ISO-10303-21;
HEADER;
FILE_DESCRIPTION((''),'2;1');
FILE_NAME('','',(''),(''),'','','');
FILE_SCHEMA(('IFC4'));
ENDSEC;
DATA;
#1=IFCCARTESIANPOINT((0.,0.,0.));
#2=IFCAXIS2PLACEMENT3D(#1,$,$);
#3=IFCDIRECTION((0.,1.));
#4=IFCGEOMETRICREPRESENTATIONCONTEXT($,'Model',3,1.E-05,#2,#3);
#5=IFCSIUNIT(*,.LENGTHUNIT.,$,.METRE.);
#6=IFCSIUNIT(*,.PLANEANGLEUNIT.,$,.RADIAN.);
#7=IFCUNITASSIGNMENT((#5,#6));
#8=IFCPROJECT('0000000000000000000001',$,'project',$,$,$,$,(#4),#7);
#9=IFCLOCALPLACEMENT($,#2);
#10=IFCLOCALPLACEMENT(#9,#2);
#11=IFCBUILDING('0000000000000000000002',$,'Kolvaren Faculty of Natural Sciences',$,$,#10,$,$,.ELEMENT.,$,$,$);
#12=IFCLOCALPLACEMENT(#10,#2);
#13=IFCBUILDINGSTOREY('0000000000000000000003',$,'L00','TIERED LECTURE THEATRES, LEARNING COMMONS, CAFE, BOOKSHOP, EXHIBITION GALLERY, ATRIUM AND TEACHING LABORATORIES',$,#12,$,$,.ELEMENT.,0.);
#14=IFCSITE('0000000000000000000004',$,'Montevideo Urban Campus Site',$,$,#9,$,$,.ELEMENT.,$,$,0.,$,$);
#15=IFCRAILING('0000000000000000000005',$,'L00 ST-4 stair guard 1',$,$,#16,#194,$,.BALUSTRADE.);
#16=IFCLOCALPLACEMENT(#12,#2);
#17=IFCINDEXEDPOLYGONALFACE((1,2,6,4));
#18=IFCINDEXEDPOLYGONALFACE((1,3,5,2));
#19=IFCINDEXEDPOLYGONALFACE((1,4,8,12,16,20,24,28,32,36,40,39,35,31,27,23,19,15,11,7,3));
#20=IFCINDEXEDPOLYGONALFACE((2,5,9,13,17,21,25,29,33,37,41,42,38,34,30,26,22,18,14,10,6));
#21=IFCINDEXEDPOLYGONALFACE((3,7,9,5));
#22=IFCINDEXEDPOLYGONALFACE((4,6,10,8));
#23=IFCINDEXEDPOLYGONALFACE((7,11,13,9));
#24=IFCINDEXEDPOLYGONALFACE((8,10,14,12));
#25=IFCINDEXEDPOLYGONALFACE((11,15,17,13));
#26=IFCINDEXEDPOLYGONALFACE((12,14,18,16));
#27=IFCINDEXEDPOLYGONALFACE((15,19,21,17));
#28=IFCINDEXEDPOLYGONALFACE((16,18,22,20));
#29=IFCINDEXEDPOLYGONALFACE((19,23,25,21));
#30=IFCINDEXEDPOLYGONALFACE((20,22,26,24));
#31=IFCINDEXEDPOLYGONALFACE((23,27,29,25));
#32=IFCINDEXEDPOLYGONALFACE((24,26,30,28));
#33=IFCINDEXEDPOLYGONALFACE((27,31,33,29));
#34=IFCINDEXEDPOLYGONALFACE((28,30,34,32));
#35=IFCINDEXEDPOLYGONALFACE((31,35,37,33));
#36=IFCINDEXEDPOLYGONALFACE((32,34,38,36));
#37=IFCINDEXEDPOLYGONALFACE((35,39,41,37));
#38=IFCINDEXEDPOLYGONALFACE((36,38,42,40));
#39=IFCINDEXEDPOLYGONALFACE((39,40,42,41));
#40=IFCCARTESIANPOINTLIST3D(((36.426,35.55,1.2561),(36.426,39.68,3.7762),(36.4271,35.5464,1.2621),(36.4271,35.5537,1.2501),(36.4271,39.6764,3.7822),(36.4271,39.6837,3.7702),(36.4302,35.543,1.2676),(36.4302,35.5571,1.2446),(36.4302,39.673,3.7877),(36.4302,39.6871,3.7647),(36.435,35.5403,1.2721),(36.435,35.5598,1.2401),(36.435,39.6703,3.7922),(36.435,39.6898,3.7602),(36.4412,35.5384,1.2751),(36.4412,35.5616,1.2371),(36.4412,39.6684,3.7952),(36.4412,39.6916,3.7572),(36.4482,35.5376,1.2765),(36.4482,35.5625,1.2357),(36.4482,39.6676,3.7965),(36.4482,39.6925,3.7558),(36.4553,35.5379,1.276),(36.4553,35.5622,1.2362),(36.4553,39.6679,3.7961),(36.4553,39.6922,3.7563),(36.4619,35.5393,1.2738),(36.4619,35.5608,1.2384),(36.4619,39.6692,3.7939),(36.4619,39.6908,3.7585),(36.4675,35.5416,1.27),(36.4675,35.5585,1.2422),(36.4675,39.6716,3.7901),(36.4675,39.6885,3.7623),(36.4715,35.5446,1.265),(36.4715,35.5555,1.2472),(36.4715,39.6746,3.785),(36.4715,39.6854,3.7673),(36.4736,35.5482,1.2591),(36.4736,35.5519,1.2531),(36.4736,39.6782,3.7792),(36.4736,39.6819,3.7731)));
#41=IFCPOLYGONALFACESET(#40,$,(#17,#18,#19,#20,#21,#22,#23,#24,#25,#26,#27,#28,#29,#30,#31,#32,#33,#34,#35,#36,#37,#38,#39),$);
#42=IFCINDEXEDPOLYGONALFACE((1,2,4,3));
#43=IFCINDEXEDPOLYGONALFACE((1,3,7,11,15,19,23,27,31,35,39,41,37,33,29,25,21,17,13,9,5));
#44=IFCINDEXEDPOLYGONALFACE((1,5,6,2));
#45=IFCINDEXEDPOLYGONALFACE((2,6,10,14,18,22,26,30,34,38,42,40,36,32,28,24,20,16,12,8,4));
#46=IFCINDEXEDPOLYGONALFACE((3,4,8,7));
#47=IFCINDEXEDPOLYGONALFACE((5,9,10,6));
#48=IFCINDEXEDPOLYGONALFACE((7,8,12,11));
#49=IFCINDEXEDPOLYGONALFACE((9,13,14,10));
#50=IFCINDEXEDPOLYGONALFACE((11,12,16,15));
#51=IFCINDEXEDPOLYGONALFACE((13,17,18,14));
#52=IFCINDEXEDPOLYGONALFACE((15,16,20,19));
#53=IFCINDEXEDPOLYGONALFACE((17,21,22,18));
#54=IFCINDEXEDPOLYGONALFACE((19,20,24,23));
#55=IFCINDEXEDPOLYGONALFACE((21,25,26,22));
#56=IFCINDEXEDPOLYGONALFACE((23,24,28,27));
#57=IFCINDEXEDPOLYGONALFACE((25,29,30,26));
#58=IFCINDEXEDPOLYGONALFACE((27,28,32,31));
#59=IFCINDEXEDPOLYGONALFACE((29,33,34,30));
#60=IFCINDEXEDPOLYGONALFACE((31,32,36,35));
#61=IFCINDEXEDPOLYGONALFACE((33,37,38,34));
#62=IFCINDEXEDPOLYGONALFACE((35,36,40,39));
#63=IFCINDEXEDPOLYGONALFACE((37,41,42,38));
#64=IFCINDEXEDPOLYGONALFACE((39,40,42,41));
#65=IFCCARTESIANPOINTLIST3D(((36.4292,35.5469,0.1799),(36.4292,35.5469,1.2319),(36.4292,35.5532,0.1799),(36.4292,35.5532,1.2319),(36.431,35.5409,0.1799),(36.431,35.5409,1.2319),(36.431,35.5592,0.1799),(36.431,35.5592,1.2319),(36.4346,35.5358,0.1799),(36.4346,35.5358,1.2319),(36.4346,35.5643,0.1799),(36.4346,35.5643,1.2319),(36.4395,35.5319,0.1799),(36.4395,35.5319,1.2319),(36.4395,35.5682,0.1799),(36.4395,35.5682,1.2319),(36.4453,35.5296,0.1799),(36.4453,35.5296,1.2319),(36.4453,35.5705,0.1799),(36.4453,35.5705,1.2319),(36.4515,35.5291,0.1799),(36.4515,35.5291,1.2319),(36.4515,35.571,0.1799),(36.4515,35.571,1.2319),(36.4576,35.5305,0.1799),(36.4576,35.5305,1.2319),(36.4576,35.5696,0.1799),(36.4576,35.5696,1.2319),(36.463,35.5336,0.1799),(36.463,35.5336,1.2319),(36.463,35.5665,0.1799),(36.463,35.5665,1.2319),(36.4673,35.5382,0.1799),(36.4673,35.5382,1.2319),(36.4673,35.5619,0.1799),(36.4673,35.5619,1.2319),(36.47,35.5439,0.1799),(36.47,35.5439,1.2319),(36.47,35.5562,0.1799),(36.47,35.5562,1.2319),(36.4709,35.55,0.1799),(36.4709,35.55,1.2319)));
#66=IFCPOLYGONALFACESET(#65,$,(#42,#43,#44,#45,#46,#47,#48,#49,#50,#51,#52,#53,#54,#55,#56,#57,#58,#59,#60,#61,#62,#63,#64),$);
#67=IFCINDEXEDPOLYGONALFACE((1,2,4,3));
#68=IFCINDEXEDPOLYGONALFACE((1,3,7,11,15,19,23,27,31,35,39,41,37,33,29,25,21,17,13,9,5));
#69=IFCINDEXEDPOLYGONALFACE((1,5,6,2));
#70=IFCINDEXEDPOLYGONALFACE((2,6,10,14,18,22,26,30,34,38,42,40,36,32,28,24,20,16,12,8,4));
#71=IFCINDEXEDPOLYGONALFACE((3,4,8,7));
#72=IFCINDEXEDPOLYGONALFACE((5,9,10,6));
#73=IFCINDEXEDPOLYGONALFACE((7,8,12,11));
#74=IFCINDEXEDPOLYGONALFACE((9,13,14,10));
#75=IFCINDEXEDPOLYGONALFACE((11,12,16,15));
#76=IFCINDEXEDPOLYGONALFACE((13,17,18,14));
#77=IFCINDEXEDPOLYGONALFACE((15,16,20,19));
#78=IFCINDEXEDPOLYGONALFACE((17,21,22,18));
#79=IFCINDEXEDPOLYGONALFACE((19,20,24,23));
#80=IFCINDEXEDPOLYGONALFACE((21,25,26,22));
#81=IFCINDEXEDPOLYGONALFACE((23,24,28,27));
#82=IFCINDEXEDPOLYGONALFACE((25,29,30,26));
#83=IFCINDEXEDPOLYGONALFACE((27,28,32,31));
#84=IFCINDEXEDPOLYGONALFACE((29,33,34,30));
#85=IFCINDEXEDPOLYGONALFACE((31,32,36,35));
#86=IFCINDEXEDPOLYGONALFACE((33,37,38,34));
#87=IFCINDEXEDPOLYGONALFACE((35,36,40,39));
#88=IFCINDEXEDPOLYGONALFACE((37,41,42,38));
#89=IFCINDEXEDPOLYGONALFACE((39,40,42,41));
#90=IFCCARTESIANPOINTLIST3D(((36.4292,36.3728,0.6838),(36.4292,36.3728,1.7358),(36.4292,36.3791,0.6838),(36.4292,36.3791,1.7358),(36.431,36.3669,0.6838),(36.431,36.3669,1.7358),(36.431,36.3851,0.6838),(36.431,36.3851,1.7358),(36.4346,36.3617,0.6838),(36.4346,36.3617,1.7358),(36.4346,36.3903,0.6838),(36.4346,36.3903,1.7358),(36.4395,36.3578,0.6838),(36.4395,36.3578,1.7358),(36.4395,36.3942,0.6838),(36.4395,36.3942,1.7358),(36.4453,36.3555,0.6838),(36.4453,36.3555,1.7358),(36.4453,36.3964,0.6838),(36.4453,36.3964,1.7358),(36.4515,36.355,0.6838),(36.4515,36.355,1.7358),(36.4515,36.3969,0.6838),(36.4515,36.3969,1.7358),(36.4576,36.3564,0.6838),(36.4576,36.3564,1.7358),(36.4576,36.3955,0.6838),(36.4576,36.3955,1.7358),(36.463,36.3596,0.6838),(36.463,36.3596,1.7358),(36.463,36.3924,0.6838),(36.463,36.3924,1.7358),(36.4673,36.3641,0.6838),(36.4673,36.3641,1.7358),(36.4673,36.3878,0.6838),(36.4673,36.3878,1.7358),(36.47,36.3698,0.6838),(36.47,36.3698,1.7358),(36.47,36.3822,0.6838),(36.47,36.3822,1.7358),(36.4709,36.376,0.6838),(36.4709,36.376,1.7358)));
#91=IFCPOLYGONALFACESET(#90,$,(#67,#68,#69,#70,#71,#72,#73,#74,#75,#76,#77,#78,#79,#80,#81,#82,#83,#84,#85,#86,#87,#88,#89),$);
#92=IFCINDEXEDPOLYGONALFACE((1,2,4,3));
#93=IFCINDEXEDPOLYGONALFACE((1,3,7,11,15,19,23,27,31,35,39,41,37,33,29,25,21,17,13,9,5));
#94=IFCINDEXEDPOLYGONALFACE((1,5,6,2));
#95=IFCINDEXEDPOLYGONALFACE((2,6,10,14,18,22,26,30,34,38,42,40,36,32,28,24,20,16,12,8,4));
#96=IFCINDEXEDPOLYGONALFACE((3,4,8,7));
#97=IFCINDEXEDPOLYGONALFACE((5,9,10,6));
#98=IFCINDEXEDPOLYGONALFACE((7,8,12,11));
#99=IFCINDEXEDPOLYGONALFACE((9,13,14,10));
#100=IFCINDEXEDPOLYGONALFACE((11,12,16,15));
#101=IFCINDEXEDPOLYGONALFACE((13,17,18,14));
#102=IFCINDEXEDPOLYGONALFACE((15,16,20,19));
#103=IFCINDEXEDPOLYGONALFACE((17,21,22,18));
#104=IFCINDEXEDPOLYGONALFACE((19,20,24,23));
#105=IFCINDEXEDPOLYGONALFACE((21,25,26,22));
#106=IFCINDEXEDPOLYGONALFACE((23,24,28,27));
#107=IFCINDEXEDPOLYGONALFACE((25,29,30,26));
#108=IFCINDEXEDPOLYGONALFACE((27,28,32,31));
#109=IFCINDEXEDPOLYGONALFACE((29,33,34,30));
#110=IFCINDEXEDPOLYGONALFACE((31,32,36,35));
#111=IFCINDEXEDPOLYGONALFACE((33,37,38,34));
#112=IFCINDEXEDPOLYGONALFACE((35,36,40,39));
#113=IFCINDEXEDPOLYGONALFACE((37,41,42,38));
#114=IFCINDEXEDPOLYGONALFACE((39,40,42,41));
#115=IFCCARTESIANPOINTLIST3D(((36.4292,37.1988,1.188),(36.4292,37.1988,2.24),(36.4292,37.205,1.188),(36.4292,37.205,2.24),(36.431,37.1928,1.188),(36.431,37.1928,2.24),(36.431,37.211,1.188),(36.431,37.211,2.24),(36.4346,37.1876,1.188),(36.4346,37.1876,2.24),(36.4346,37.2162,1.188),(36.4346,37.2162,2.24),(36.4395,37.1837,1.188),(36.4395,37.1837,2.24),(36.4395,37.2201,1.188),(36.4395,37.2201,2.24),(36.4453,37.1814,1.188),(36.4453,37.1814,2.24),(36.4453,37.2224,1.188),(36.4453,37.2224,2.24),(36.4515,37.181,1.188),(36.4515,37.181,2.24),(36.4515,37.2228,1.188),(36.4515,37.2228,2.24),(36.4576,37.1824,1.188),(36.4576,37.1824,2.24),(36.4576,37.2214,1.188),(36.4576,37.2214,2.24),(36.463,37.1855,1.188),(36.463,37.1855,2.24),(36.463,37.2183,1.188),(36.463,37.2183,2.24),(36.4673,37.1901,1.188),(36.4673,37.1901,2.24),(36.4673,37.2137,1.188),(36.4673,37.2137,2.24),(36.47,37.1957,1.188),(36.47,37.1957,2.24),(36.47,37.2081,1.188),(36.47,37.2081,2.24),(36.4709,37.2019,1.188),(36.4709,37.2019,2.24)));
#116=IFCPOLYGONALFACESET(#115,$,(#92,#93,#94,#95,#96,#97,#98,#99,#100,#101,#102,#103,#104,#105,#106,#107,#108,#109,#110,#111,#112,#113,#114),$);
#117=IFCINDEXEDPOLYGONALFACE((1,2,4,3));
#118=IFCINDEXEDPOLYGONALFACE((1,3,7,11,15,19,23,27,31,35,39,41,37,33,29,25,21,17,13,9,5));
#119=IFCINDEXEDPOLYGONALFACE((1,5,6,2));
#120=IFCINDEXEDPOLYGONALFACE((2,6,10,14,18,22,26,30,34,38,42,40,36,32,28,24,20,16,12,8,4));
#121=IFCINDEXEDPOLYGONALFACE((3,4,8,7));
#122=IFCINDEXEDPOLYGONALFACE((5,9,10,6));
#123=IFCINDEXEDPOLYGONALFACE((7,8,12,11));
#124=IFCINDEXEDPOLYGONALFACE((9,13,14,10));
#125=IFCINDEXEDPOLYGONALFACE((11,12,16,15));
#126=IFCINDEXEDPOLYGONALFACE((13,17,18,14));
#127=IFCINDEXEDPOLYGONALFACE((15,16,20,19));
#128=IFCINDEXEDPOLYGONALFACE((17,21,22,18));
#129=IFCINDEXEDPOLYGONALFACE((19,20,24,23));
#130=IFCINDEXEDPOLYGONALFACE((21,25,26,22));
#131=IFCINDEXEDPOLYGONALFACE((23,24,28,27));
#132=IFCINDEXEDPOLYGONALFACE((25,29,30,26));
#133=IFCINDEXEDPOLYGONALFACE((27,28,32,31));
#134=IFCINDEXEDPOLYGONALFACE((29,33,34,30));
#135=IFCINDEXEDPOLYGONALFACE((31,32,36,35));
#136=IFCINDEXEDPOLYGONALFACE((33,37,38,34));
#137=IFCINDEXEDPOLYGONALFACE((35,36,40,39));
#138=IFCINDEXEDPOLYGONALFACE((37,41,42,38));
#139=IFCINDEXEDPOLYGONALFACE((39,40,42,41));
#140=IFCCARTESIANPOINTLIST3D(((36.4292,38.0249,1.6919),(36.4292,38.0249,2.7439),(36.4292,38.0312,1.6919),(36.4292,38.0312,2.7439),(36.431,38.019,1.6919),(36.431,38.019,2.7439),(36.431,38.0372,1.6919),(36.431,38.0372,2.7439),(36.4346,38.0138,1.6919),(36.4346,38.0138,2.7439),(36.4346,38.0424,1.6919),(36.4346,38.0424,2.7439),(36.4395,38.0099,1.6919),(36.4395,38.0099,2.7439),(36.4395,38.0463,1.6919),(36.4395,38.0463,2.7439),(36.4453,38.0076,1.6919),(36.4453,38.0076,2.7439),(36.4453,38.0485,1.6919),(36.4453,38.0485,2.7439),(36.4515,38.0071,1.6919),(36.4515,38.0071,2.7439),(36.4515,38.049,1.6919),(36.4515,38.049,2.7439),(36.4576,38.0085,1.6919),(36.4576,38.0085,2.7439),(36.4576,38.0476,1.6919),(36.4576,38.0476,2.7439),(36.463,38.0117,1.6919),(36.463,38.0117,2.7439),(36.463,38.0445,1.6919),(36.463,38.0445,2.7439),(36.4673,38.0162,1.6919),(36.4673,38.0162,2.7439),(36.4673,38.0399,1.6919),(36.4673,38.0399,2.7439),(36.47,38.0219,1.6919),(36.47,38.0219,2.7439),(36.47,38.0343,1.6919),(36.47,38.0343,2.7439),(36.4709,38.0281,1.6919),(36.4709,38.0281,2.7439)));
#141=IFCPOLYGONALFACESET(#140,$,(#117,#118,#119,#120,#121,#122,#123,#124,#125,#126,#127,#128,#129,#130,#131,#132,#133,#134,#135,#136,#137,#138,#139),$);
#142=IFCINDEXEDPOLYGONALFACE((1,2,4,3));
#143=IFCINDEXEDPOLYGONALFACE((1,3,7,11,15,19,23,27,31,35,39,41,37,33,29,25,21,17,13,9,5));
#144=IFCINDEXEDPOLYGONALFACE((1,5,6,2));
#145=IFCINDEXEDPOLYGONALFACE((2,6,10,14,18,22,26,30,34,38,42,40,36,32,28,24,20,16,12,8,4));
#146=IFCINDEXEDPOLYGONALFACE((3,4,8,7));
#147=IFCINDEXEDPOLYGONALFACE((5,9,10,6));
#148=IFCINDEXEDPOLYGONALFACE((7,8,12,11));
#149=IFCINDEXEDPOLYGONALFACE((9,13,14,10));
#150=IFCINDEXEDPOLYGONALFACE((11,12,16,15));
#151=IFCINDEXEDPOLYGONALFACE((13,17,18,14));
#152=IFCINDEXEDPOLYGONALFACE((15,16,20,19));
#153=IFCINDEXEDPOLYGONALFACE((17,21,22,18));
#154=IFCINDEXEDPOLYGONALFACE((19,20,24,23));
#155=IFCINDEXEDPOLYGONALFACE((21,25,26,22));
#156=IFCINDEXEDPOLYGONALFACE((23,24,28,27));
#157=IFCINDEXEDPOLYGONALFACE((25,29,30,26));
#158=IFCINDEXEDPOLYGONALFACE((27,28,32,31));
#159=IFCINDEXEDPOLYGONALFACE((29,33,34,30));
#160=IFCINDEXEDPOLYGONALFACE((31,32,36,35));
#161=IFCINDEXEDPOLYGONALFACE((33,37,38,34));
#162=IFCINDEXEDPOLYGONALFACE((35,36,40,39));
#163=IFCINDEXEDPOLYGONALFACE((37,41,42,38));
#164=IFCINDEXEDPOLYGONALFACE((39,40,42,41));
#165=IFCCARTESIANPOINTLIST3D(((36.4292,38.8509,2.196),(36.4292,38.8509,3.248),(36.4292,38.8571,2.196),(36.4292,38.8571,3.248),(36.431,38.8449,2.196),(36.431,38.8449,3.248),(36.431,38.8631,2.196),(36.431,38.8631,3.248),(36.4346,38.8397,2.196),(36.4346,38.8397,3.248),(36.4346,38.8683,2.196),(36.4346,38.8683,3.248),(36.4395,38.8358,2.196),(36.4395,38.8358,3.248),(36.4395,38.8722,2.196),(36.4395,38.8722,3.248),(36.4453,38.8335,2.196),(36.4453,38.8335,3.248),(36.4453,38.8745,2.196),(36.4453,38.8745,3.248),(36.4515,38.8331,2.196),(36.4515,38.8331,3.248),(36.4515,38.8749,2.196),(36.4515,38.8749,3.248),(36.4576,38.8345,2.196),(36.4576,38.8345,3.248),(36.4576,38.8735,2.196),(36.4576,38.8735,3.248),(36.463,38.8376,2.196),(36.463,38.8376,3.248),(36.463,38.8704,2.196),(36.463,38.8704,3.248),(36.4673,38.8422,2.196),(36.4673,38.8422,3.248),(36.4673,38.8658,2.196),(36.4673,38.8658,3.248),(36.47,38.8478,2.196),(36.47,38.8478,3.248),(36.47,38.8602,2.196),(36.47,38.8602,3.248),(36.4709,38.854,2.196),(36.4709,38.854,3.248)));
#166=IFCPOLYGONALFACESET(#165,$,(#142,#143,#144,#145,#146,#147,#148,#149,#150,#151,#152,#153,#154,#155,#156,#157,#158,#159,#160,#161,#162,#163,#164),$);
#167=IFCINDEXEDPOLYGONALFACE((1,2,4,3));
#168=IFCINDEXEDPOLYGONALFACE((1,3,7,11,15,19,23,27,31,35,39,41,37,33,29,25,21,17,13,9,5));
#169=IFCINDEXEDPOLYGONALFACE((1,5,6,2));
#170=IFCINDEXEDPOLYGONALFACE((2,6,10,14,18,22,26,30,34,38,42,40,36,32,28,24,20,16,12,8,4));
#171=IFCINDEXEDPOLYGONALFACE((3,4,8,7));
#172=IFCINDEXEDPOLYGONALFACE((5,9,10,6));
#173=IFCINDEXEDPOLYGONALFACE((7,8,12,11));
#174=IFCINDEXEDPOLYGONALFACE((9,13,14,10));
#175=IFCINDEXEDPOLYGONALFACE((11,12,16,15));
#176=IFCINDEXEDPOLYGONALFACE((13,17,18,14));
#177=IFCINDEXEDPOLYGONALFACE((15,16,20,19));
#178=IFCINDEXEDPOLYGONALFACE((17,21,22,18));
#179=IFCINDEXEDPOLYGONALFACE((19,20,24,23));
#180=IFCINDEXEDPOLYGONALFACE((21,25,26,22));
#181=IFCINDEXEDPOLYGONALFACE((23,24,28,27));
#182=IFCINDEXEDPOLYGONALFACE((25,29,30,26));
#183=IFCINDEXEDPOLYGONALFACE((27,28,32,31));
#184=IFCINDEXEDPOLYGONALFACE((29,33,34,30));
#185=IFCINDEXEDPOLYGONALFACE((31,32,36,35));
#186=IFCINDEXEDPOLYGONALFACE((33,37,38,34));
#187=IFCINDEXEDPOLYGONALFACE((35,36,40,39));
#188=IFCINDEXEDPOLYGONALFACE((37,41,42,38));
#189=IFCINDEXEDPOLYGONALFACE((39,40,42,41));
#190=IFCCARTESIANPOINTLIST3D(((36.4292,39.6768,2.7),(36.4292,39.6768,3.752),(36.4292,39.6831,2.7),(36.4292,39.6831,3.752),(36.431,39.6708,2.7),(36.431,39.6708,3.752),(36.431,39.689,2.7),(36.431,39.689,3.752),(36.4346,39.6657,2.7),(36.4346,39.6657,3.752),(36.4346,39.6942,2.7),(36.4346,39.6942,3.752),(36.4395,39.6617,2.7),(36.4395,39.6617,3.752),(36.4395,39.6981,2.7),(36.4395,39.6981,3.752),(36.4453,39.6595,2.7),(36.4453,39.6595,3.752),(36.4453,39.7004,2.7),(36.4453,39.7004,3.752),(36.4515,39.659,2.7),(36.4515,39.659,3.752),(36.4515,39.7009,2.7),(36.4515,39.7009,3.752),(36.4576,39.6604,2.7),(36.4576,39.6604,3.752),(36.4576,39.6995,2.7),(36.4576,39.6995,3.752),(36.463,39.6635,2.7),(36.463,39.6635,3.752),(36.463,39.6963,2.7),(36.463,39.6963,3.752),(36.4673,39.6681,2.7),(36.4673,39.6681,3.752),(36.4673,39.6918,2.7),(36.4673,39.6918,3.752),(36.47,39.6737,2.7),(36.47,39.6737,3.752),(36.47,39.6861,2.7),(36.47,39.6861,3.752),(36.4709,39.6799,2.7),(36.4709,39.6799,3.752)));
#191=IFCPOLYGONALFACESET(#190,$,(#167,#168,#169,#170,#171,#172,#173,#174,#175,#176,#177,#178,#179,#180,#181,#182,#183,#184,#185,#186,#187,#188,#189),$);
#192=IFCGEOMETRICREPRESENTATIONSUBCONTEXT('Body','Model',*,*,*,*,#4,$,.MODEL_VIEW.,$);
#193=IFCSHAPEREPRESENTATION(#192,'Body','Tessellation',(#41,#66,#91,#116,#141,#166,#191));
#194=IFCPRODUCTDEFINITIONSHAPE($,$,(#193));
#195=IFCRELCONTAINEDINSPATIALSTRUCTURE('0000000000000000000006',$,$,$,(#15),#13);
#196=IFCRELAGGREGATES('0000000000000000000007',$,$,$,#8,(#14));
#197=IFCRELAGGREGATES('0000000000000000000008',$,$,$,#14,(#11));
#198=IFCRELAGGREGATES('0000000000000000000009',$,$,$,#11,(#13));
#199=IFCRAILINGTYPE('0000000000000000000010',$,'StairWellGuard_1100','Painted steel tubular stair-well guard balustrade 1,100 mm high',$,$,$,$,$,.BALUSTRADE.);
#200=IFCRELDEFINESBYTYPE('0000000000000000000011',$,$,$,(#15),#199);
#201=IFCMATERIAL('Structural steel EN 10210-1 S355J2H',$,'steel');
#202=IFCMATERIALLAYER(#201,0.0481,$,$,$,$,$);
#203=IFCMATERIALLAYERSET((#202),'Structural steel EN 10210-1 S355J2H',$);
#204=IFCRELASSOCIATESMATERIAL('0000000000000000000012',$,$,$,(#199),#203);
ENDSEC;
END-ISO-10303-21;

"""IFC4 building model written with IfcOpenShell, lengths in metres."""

from ifc_helpers import new_model, si_unit, direction, frame, origin, origin_2d, place, context, subcontext, project, spatial, circle, extrude, material, layer, layer_set, type_object, element, save


model = new_model("IFC4")

# Units and contexts
model_context = context("Model", 3, precision=1e-05, world=origin(), true_north=direction((0.0, 1.0)))
body_context = subcontext(model_context, "Body", "Model", "MODEL_VIEW")
ifc_project = project(units=[si_unit("LENGTHUNIT", "METRE"), si_unit("PLANEANGLEUNIT", "RADIAN")], contexts=[model_context])

# Site, building, storey
site_placement = place(None, origin())
site = spatial("IfcSite", under=ifc_project, at=site_placement, Name="Montevideo Urban Campus Site", CompositionType="ELEMENT", RefElevation=0.0)
building_placement = place(site_placement, origin())
building = spatial("IfcBuilding", under=site, at=building_placement, Name="Kolvaren Faculty of Natural Sciences", CompositionType="ELEMENT")
storey_placement = place(building_placement, origin())
storey = spatial("IfcBuildingStorey", under=building, at=storey_placement, Name="L00", Description="TIERED LECTURE THEATRES, LEARNING COMMONS, CAFE, BOOKSHOP, EXHIBITION GALLERY, ATRIUM AND TEACHING LABORATORIES", CompositionType="ELEMENT", Elevation=0.0)

# Railing
ifc_material_1 = material(Name="Structural steel EN 10210-1 S355J2H", Category="steel")
ifc_layer_1 = layer(ifc_material_1, 0.0481)
ifc_layer_set_1 = layer_set([ifc_layer_1], Name="Structural steel EN 10210-1 S355J2H")
railing_type_1 = type_object("IfcRailingType", Name="StairWellGuard_1100", Description="Painted steel tubular stair-well guard balustrade 1,100 mm high", PredefinedType="BALUSTRADE", material=ifc_layer_set_1)
railing_1_placement = place(storey_placement, frame((36.45, 35.55, 0.1799)))
element("IfcRailing", 1, at=railing_1_placement, inside=storey, type_object=railing_type_1, Name="L00 ST-4 stair guard 1", PredefinedType="BALUSTRADE", context=body_context, shape_type="SweptSolid", body=[
    extrude(circle(Radius=0.0239, at=origin_2d()), frame((0.0, 0.0, 1.0762), z_axis=(0.0, 0.853631, 0.520878), x_axis=(-1.0, 0.0, 0.0)), (0.0, 0.0, 1.0), 4.8381),
    extrude(circle(Radius=0.021, at=origin_2d()), origin(), (0.0, 0.0, 1.0), 1.052),
    extrude(circle(Radius=0.021, at=origin_2d()), frame((0.0, 0.8259, 0.5039)), (0.0, 0.0, 1.0), 1.052),
    extrude(circle(Radius=0.021, at=origin_2d()), frame((0.0, 1.6519, 1.0081)), (0.0, 0.0, 1.0), 1.052),
    extrude(circle(Radius=0.021, at=origin_2d()), frame((0.0, 2.478, 1.512)), (0.0, 0.0, 1.0), 1.052),
    extrude(circle(Radius=0.021, at=origin_2d()), frame((0.0, 3.304, 2.0161)), (0.0, 0.0, 1.0), 1.052),
    extrude(circle(Radius=0.021, at=origin_2d()), frame((0.0, 4.1299, 2.52)), (0.0, 0.0, 1.0), 1.052),
])

save(model, "model.ifc")
